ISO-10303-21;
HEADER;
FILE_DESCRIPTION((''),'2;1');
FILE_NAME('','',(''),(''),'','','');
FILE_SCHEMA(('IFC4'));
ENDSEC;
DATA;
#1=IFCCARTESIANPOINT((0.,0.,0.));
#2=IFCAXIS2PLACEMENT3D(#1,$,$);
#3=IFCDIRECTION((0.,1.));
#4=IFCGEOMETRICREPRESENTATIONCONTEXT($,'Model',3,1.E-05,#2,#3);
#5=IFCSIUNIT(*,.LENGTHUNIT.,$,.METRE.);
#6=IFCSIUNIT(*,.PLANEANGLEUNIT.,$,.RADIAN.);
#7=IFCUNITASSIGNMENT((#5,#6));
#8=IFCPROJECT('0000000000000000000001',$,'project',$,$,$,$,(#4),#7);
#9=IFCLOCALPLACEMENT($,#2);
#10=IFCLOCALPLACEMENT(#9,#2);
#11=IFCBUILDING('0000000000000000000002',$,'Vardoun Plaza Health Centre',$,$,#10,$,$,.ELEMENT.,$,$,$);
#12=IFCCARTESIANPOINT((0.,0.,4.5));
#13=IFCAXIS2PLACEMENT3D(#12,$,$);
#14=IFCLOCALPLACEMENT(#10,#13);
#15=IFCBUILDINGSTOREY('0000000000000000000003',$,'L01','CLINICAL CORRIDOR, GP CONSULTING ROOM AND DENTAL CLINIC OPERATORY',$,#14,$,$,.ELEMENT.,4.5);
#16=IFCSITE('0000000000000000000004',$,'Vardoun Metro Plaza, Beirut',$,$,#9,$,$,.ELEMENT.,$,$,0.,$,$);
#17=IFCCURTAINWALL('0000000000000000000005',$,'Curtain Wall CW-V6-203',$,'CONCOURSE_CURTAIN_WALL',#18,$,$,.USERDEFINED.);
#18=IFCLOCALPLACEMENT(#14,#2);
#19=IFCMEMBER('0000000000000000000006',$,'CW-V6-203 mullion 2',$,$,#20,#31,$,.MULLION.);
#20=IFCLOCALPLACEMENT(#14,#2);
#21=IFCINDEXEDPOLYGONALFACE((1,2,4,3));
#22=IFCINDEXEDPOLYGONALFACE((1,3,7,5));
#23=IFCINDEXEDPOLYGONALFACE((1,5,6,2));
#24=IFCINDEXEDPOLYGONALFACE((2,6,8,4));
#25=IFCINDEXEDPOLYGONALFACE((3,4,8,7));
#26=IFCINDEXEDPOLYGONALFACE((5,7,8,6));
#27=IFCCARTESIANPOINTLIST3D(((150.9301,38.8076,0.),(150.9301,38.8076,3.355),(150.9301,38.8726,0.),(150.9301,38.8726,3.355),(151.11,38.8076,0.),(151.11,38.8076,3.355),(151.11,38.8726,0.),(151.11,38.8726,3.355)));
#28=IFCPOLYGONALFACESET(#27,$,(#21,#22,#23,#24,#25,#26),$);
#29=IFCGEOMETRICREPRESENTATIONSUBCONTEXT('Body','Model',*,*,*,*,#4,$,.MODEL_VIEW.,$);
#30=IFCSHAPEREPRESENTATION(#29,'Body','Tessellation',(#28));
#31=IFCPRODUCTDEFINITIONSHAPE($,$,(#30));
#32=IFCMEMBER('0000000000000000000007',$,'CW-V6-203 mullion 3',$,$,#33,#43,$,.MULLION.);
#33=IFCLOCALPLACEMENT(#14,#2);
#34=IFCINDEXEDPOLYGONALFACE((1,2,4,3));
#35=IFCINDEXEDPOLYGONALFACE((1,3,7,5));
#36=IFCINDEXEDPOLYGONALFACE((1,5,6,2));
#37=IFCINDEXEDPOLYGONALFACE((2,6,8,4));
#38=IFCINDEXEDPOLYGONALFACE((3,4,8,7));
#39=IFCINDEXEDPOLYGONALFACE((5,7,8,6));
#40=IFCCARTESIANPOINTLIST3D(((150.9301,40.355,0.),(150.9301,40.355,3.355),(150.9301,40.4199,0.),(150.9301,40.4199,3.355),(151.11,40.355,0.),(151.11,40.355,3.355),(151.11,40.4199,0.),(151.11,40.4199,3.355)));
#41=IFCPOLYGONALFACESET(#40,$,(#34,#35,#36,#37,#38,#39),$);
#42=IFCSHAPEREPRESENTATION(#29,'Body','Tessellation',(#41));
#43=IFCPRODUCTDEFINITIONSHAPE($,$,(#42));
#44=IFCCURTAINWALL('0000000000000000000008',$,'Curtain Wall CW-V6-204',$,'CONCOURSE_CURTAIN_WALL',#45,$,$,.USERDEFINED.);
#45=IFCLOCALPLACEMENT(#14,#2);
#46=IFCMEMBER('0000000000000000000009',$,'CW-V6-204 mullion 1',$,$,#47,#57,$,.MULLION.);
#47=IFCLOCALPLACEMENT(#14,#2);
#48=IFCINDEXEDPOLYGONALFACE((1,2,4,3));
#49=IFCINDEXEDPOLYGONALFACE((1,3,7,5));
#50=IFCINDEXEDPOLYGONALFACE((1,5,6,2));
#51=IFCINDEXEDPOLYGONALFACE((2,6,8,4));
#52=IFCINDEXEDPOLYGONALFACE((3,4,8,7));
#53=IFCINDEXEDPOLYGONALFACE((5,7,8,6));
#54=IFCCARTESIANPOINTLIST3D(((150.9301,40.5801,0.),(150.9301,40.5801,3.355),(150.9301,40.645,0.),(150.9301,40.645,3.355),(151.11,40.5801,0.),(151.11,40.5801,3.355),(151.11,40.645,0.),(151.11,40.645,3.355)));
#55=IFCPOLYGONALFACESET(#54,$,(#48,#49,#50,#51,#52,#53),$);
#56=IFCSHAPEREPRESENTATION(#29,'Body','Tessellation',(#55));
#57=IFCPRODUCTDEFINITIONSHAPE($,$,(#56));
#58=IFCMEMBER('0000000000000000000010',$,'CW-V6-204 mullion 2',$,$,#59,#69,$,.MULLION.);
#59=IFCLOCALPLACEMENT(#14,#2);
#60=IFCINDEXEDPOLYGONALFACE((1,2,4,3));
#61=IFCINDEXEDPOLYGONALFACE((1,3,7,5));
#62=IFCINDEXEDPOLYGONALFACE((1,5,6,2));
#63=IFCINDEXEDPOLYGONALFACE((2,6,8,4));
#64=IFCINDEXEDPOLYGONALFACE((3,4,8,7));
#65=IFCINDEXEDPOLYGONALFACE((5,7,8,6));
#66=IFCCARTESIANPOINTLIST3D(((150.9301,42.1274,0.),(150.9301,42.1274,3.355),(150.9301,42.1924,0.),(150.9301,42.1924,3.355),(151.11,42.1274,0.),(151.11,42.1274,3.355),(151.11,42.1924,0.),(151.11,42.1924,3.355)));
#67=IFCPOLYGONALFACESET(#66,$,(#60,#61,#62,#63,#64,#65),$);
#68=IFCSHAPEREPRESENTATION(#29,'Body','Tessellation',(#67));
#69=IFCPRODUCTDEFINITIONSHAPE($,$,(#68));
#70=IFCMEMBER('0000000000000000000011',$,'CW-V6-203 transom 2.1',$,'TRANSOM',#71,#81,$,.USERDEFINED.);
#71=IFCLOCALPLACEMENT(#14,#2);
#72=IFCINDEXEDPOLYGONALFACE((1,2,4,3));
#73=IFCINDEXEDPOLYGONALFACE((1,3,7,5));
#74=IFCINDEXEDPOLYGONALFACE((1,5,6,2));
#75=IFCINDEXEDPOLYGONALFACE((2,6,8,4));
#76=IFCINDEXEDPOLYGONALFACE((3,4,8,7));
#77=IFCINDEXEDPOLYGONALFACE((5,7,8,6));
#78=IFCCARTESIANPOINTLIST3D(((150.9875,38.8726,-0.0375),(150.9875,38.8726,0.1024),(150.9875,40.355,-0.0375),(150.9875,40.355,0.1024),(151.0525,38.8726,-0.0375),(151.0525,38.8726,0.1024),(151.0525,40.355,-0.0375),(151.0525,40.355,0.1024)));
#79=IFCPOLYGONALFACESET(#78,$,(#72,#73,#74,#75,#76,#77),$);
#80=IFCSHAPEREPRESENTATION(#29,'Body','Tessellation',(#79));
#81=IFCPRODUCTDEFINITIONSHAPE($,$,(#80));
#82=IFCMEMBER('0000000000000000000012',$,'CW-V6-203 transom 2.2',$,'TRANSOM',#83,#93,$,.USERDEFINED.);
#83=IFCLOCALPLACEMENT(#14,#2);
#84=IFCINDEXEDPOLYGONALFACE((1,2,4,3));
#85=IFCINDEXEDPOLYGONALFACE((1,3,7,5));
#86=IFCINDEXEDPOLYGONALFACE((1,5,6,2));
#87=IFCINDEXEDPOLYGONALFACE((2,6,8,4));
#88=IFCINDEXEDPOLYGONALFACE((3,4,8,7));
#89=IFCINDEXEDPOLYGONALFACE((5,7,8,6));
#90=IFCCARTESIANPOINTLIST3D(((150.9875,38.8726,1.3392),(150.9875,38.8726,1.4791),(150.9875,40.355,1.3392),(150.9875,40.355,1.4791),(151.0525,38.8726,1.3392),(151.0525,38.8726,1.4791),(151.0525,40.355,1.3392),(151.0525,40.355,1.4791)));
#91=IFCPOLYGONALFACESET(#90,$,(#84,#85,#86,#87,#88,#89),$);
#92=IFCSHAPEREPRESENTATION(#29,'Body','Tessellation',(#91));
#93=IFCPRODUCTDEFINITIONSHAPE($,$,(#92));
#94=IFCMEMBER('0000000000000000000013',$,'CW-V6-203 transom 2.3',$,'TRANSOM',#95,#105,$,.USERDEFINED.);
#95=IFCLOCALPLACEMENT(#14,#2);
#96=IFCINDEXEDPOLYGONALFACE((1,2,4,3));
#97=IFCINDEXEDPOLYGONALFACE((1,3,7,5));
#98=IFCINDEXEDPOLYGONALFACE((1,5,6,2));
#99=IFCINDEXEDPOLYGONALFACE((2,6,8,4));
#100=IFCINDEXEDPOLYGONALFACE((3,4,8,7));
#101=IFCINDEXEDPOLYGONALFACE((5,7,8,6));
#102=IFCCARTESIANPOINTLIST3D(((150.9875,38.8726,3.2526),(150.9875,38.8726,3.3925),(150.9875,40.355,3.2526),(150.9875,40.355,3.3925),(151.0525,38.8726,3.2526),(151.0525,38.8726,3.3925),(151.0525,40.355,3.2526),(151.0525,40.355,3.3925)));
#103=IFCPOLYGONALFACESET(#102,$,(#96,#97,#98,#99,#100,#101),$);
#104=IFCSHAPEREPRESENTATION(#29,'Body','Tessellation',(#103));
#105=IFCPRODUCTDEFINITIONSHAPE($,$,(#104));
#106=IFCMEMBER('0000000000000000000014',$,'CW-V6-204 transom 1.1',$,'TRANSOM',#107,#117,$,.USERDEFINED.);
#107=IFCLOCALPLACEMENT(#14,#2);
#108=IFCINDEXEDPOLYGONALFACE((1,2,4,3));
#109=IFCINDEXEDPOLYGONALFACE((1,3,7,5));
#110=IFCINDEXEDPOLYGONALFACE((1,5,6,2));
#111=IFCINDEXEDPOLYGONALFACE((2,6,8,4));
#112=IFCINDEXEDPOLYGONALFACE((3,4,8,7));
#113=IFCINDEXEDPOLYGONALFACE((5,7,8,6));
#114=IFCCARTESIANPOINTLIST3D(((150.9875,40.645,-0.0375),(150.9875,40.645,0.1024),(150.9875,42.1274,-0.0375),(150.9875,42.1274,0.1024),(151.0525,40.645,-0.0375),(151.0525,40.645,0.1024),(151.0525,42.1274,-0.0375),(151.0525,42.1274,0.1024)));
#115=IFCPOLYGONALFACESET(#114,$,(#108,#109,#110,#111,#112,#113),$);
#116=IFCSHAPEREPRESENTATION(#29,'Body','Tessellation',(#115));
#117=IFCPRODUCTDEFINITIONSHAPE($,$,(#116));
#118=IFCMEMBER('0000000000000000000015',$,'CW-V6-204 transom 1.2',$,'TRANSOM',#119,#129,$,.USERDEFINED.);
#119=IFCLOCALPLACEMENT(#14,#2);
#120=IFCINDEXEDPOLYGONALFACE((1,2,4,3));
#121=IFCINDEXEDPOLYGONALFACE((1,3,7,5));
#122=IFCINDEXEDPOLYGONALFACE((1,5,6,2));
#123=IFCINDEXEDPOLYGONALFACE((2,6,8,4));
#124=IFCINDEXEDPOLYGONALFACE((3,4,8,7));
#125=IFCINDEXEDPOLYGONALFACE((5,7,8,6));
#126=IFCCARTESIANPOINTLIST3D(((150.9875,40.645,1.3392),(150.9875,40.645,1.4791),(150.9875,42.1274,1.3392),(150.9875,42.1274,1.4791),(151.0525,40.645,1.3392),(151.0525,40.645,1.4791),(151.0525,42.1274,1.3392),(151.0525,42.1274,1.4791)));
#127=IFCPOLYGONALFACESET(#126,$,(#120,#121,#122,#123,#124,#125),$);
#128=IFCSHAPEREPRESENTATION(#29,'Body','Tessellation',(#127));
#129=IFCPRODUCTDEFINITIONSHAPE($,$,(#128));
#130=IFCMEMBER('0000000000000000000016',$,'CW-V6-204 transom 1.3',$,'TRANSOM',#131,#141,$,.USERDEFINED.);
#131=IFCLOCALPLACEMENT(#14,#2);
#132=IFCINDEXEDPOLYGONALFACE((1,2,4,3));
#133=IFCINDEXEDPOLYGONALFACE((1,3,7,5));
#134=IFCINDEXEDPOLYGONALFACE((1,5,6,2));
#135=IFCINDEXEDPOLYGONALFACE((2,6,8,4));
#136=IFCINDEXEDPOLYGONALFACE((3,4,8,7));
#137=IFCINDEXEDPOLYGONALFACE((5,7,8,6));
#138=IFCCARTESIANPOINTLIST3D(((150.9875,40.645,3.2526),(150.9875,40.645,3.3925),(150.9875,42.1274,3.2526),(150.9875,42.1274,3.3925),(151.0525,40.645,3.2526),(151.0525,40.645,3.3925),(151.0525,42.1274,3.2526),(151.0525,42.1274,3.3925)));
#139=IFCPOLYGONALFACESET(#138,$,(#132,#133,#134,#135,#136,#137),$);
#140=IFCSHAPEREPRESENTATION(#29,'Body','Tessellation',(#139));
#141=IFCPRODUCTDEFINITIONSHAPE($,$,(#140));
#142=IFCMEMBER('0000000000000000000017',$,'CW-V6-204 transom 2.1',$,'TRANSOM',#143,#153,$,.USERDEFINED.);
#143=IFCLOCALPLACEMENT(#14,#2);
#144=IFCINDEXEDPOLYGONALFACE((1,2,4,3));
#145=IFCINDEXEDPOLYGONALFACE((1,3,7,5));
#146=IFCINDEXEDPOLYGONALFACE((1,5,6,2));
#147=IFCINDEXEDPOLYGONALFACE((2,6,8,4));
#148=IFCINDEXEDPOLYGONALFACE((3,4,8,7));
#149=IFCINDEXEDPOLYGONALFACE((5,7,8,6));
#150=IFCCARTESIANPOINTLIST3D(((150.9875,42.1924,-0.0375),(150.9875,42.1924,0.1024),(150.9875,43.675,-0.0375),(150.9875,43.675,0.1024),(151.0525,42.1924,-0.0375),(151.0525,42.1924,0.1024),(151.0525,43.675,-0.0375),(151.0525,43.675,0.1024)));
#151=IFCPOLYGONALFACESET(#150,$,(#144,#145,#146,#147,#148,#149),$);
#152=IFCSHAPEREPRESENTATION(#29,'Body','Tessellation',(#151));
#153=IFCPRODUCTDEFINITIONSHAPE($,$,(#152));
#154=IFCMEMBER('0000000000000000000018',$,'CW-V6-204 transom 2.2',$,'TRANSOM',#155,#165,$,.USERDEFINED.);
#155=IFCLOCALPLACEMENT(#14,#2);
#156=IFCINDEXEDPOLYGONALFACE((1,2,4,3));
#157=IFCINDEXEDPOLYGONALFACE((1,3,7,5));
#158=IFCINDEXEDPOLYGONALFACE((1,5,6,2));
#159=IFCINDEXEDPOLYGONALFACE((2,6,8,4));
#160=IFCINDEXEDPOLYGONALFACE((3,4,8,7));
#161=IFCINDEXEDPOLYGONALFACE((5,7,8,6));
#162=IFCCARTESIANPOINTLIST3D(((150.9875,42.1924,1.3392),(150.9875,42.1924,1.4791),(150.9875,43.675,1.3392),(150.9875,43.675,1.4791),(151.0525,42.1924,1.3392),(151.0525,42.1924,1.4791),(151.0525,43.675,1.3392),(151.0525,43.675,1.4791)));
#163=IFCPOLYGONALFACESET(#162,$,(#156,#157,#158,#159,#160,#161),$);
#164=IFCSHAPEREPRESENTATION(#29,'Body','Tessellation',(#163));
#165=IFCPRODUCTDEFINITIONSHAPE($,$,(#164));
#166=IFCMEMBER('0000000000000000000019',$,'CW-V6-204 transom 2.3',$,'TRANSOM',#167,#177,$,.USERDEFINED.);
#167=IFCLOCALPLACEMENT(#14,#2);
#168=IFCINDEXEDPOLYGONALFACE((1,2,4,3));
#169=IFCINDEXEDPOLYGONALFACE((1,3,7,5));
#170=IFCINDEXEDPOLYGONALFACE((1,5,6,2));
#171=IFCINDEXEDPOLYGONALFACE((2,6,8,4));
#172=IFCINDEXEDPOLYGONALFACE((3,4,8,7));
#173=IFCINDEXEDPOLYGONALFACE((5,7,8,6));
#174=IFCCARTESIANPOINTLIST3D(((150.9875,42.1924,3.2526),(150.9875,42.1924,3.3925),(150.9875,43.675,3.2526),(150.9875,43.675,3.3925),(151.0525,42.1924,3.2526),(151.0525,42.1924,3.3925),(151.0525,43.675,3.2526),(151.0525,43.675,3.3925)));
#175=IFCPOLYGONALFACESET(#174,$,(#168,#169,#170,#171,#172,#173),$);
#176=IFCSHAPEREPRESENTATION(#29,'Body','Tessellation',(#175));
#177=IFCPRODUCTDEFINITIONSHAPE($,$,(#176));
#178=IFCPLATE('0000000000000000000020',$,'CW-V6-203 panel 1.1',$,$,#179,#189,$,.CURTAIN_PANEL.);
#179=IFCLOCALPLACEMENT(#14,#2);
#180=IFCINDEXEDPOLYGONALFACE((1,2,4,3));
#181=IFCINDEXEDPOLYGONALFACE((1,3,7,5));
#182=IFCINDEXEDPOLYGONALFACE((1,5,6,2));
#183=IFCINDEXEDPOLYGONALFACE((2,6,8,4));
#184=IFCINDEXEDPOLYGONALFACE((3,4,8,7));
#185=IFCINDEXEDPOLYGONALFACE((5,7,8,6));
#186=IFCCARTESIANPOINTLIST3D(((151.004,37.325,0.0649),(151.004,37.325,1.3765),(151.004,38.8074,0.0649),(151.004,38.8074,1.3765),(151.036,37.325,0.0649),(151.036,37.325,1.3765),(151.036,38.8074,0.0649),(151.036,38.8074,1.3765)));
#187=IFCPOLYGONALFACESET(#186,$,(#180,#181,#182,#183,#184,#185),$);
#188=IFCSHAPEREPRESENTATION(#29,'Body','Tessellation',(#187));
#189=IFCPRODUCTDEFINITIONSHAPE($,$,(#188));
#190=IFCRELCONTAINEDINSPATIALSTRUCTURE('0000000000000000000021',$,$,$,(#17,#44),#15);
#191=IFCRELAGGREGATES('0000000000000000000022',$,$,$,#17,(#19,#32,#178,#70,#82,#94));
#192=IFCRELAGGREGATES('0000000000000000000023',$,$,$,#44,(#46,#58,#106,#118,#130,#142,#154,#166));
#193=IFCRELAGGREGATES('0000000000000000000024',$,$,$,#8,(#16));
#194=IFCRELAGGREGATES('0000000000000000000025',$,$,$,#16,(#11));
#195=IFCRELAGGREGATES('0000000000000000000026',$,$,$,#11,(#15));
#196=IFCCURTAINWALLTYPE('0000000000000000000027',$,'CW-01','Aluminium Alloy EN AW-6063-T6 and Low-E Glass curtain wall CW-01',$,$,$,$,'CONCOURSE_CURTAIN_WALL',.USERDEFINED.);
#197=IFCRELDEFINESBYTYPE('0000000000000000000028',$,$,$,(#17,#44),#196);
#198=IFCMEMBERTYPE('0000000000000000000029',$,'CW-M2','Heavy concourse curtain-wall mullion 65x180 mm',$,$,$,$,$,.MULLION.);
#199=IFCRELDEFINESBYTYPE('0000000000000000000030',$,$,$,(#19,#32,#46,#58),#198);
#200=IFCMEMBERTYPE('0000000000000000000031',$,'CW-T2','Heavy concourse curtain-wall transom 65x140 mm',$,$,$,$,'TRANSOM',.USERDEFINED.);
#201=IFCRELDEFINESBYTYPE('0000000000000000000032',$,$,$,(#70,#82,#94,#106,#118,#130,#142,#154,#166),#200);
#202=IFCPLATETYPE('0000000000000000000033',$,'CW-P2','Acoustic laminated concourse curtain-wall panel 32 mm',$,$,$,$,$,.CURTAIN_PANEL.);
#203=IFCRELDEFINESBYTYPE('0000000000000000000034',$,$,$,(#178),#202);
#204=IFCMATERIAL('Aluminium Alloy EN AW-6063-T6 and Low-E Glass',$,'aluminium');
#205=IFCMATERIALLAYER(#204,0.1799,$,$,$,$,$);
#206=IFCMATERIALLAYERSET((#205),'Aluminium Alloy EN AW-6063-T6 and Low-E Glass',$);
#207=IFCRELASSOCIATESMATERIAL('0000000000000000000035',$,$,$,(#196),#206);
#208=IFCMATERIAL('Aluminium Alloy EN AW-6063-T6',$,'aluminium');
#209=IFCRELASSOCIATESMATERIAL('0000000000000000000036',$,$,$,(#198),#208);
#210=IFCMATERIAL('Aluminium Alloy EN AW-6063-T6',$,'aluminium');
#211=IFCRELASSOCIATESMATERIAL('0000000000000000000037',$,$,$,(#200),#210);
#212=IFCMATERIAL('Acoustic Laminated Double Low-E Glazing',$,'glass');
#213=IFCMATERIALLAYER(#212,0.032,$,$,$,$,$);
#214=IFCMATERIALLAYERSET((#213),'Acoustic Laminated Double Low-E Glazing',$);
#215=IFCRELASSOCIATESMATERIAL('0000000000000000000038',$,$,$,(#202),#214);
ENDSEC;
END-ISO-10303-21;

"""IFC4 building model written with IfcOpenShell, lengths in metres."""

from ifc_helpers import new_model, si_unit, direction, frame, origin, origin_2d, place, context, subcontext, project, spatial, rectangle, extrude, material, layer, layer_set, material_profile, profile_set, type_object, element, aggregate, save


model = new_model("IFC4")

# Units and contexts
model_context = context("Model", 3, precision=1e-05, world=origin(), true_north=direction((0.0, 1.0)))
body_context = subcontext(model_context, "Body", "Model", "MODEL_VIEW")
ifc_project = project(units=[si_unit("LENGTHUNIT", "METRE"), si_unit("PLANEANGLEUNIT", "RADIAN")], contexts=[model_context])

# Site, building, storey
site_placement = place(None, origin())
site = spatial("IfcSite", under=ifc_project, at=site_placement, Name="Vardoun Metro Plaza, Beirut", CompositionType="ELEMENT", RefElevation=0.0)
building_placement = place(site_placement, origin())
building = spatial("IfcBuilding", under=site, at=building_placement, Name="Vardoun Plaza Health Centre", CompositionType="ELEMENT")
storey_placement = place(building_placement, frame((0.0, 0.0, 4.5)))
storey = spatial("IfcBuildingStorey", under=building, at=storey_placement, Name="L01", Description="CLINICAL CORRIDOR, GP CONSULTING ROOM AND DENTAL CLINIC OPERATORY", CompositionType="ELEMENT", Elevation=4.5)

# Curtain walls, members
ifc_material_1 = material(Name="Aluminium Alloy EN AW-6063-T6 and Low-E Glass", Category="aluminium")
ifc_layer_1 = layer(ifc_material_1, 0.1799)
ifc_layer_set_1 = layer_set([ifc_layer_1], Name="Aluminium Alloy EN AW-6063-T6 and Low-E Glass")
curtain_wall_type = type_object("IfcCurtainWallType", Name="CW-01", Description="Aluminium Alloy EN AW-6063-T6 and Low-E Glass curtain wall CW-01", ElementType="CONCOURSE_CURTAIN_WALL", PredefinedType="USERDEFINED", material=ifc_layer_set_1)
curtain_wall_1_placement = place(storey_placement, origin())
curtain_wall_1 = element("IfcCurtainWall", 1, at=curtain_wall_1_placement, inside=storey, type_object=curtain_wall_type, Name="Curtain Wall CW-V6-203", ObjectType="CONCOURSE_CURTAIN_WALL", PredefinedType="USERDEFINED")
ifc_material_2 = material(Name="Aluminium Alloy EN AW-6063-T6", Category="aluminium")
ifc_material_profile_1 = material_profile(ifc_material_2, rectangle(XDim=0.1799, YDim=0.0649, at=origin_2d()), Name="CWM 65x180")
ifc_profile_set_1 = profile_set([ifc_material_profile_1], Name="Aluminium Alloy EN AW-6063-T6")
member_type_1 = type_object("IfcMemberType", Name="CW-M2", Description="Heavy concourse curtain-wall mullion 65x180 mm", PredefinedType="MULLION", material=ifc_profile_set_1)
member_1_placement = place(storey_placement, frame((151.02, 38.8401, 0.0), z_axis=(0.0, 0.0, 1.0), x_axis=(-1.0, 0.0, 0.0)))
member_1 = element("IfcMember", 2, at=member_1_placement, type_object=member_type_1, Name="CW-V6-203 mullion 2", PredefinedType="MULLION", context=body_context, shape_type="SweptSolid", body=[
    extrude(rectangle(XDim=0.1799, YDim=0.0649, at=origin_2d()), origin(), (0.0, 0.0, 1.0), 3.355),
])
member_2_placement = place(storey_placement, frame((151.02, 40.3875, 0.0), z_axis=(0.0, 0.0, 1.0), x_axis=(-1.0, 0.0, 0.0)))
member_2 = element("IfcMember", 3, at=member_2_placement, type_object=member_type_1, Name="CW-V6-203 mullion 3", PredefinedType="MULLION", context=body_context, shape_type="SweptSolid", body=[
    extrude(rectangle(XDim=0.1799, YDim=0.0649, at=origin_2d()), origin(), (0.0, 0.0, 1.0), 3.355),
])
curtain_wall_2_placement = place(storey_placement, origin())
curtain_wall_2 = element("IfcCurtainWall", 4, at=curtain_wall_2_placement, inside=storey, type_object=curtain_wall_type, Name="Curtain Wall CW-V6-204", ObjectType="CONCOURSE_CURTAIN_WALL", PredefinedType="USERDEFINED")
member_3_placement = place(storey_placement, frame((151.02, 40.6125, 0.0), z_axis=(0.0, 0.0, 1.0), x_axis=(-1.0, 0.0, 0.0)))
member_3 = element("IfcMember", 5, at=member_3_placement, type_object=member_type_1, Name="CW-V6-204 mullion 1", PredefinedType="MULLION", context=body_context, shape_type="SweptSolid", body=[
    extrude(rectangle(XDim=0.1799, YDim=0.0649, at=origin_2d()), origin(), (0.0, 0.0, 1.0), 3.355),
])
member_4_placement = place(storey_placement, frame((151.02, 42.1599, 0.0), z_axis=(0.0, 0.0, 1.0), x_axis=(-1.0, 0.0, 0.0)))
member_4 = element("IfcMember", 6, at=member_4_placement, type_object=member_type_1, Name="CW-V6-204 mullion 2", PredefinedType="MULLION", context=body_context, shape_type="SweptSolid", body=[
    extrude(rectangle(XDim=0.1799, YDim=0.0649, at=origin_2d()), origin(), (0.0, 0.0, 1.0), 3.355),
])

# Members
ifc_material_3 = material(Name="Aluminium Alloy EN AW-6063-T6", Category="aluminium")
ifc_material_profile_2 = material_profile(ifc_material_3, rectangle(XDim=0.0649, YDim=0.1399, at=origin_2d()), Name="CWT 65x140")
ifc_profile_set_2 = profile_set([ifc_material_profile_2], Name="Aluminium Alloy EN AW-6063-T6")
member_type_2 = type_object("IfcMemberType", Name="CW-T2", Description="Heavy concourse curtain-wall transom 65x140 mm", ElementType="TRANSOM", PredefinedType="USERDEFINED", material=ifc_profile_set_2)
member_5_placement = place(storey_placement, frame((151.02, 38.8726, 0.0325), z_axis=(0.0, 1.0, 0.0), x_axis=(-1.0, 0.0, 0.0)))
member_5 = element("IfcMember", 7, at=member_5_placement, type_object=member_type_2, Name="CW-V6-203 transom 2.1", ObjectType="TRANSOM", PredefinedType="USERDEFINED", context=body_context, shape_type="SweptSolid", body=[
    extrude(rectangle(XDim=0.0649, YDim=0.1399, at=origin_2d()), origin(), (0.0, 0.0, 1.0), 1.4824),
])
member_6_placement = place(storey_placement, frame((151.02, 38.8726, 1.4092), z_axis=(0.0, 1.0, 0.0), x_axis=(-1.0, 0.0, 0.0)))
member_6 = element("IfcMember", 8, at=member_6_placement, type_object=member_type_2, Name="CW-V6-203 transom 2.2", ObjectType="TRANSOM", PredefinedType="USERDEFINED", context=body_context, shape_type="SweptSolid", body=[
    extrude(rectangle(XDim=0.0649, YDim=0.1399, at=origin_2d()), origin(), (0.0, 0.0, 1.0), 1.4824),
])
member_7_placement = place(storey_placement, frame((151.02, 38.8726, 3.3225), z_axis=(0.0, 1.0, 0.0), x_axis=(-1.0, 0.0, 0.0)))
member_7 = element("IfcMember", 9, at=member_7_placement, type_object=member_type_2, Name="CW-V6-203 transom 2.3", ObjectType="TRANSOM", PredefinedType="USERDEFINED", context=body_context, shape_type="SweptSolid", body=[
    extrude(rectangle(XDim=0.0649, YDim=0.1399, at=origin_2d()), origin(), (0.0, 0.0, 1.0), 1.4824),
])
member_8_placement = place(storey_placement, frame((151.02, 40.645, 0.0325), z_axis=(0.0, 1.0, 0.0), x_axis=(-1.0, 0.0, 0.0)))
member_8 = element("IfcMember", 10, at=member_8_placement, type_object=member_type_2, Name="CW-V6-204 transom 1.1", ObjectType="TRANSOM", PredefinedType="USERDEFINED", context=body_context, shape_type="SweptSolid", body=[
    extrude(rectangle(XDim=0.0649, YDim=0.1399, at=origin_2d()), origin(), (0.0, 0.0, 1.0), 1.4824),
])
member_9_placement = place(storey_placement, frame((151.02, 40.645, 1.4092), z_axis=(0.0, 1.0, 0.0), x_axis=(-1.0, 0.0, 0.0)))
member_9 = element("IfcMember", 11, at=member_9_placement, type_object=member_type_2, Name="CW-V6-204 transom 1.2", ObjectType="TRANSOM", PredefinedType="USERDEFINED", context=body_context, shape_type="SweptSolid", body=[
    extrude(rectangle(XDim=0.0649, YDim=0.1399, at=origin_2d()), origin(), (0.0, 0.0, 1.0), 1.4824),
])
member_10_placement = place(storey_placement, frame((151.02, 40.645, 3.3225), z_axis=(0.0, 1.0, 0.0), x_axis=(-1.0, 0.0, 0.0)))
member_10 = element("IfcMember", 12, at=member_10_placement, type_object=member_type_2, Name="CW-V6-204 transom 1.3", ObjectType="TRANSOM", PredefinedType="USERDEFINED", context=body_context, shape_type="SweptSolid", body=[
    extrude(rectangle(XDim=0.0649, YDim=0.1399, at=origin_2d()), origin(), (0.0, 0.0, 1.0), 1.4824),
])
member_11_placement = place(storey_placement, frame((151.02, 42.1924, 0.0325), z_axis=(0.0, 1.0, 0.0), x_axis=(-1.0, 0.0, 0.0)))
member_11 = element("IfcMember", 13, at=member_11_placement, type_object=member_type_2, Name="CW-V6-204 transom 2.1", ObjectType="TRANSOM", PredefinedType="USERDEFINED", context=body_context, shape_type="SweptSolid", body=[
    extrude(rectangle(XDim=0.0649, YDim=0.1399, at=origin_2d()), origin(), (0.0, 0.0, 1.0), 1.4827),
])
member_12_placement = place(storey_placement, frame((151.02, 42.1924, 1.4092), z_axis=(0.0, 1.0, 0.0), x_axis=(-1.0, 0.0, 0.0)))
member_12 = element("IfcMember", 14, at=member_12_placement, type_object=member_type_2, Name="CW-V6-204 transom 2.2", ObjectType="TRANSOM", PredefinedType="USERDEFINED", context=body_context, shape_type="SweptSolid", body=[
    extrude(rectangle(XDim=0.0649, YDim=0.1399, at=origin_2d()), origin(), (0.0, 0.0, 1.0), 1.4827),
])
member_13_placement = place(storey_placement, frame((151.02, 42.1924, 3.3225), z_axis=(0.0, 1.0, 0.0), x_axis=(-1.0, 0.0, 0.0)))
member_13 = element("IfcMember", 15, at=member_13_placement, type_object=member_type_2, Name="CW-V6-204 transom 2.3", ObjectType="TRANSOM", PredefinedType="USERDEFINED", context=body_context, shape_type="SweptSolid", body=[
    extrude(rectangle(XDim=0.0649, YDim=0.1399, at=origin_2d()), origin(), (0.0, 0.0, 1.0), 1.4827),
])

# Plate
ifc_material_4 = material(Name="Acoustic Laminated Double Low-E Glazing", Category="glass")
ifc_layer_2 = layer(ifc_material_4, 0.032)
ifc_layer_set_2 = layer_set([ifc_layer_2], Name="Acoustic Laminated Double Low-E Glazing")
plate_type = type_object("IfcPlateType", Name="CW-P2", Description="Acoustic laminated concourse curtain-wall panel 32 mm", PredefinedType="CURTAIN_PANEL", material=ifc_layer_set_2)
plate_1_placement = place(storey_placement, frame((151.02, 38.0662, 0.0649), z_axis=(0.0, 0.0, 1.0), x_axis=(0.0, 1.0, 0.0)))
plate_1 = element("IfcPlate", 16, at=plate_1_placement, type_object=plate_type, Name="CW-V6-203 panel 1.1", PredefinedType="CURTAIN_PANEL", context=body_context, shape_type="SweptSolid", body=[
    extrude(rectangle(XDim=1.4824, YDim=0.032, at=origin_2d()), origin(), (0.0, 0.0, 1.0), 1.3115),
])
aggregate(curtain_wall_1, [member_1, member_2, plate_1, member_5, member_6, member_7])
aggregate(curtain_wall_2, [member_3, member_4, member_8, member_9, member_10, member_11, member_12, member_13])

save(model, "model.ifc")
